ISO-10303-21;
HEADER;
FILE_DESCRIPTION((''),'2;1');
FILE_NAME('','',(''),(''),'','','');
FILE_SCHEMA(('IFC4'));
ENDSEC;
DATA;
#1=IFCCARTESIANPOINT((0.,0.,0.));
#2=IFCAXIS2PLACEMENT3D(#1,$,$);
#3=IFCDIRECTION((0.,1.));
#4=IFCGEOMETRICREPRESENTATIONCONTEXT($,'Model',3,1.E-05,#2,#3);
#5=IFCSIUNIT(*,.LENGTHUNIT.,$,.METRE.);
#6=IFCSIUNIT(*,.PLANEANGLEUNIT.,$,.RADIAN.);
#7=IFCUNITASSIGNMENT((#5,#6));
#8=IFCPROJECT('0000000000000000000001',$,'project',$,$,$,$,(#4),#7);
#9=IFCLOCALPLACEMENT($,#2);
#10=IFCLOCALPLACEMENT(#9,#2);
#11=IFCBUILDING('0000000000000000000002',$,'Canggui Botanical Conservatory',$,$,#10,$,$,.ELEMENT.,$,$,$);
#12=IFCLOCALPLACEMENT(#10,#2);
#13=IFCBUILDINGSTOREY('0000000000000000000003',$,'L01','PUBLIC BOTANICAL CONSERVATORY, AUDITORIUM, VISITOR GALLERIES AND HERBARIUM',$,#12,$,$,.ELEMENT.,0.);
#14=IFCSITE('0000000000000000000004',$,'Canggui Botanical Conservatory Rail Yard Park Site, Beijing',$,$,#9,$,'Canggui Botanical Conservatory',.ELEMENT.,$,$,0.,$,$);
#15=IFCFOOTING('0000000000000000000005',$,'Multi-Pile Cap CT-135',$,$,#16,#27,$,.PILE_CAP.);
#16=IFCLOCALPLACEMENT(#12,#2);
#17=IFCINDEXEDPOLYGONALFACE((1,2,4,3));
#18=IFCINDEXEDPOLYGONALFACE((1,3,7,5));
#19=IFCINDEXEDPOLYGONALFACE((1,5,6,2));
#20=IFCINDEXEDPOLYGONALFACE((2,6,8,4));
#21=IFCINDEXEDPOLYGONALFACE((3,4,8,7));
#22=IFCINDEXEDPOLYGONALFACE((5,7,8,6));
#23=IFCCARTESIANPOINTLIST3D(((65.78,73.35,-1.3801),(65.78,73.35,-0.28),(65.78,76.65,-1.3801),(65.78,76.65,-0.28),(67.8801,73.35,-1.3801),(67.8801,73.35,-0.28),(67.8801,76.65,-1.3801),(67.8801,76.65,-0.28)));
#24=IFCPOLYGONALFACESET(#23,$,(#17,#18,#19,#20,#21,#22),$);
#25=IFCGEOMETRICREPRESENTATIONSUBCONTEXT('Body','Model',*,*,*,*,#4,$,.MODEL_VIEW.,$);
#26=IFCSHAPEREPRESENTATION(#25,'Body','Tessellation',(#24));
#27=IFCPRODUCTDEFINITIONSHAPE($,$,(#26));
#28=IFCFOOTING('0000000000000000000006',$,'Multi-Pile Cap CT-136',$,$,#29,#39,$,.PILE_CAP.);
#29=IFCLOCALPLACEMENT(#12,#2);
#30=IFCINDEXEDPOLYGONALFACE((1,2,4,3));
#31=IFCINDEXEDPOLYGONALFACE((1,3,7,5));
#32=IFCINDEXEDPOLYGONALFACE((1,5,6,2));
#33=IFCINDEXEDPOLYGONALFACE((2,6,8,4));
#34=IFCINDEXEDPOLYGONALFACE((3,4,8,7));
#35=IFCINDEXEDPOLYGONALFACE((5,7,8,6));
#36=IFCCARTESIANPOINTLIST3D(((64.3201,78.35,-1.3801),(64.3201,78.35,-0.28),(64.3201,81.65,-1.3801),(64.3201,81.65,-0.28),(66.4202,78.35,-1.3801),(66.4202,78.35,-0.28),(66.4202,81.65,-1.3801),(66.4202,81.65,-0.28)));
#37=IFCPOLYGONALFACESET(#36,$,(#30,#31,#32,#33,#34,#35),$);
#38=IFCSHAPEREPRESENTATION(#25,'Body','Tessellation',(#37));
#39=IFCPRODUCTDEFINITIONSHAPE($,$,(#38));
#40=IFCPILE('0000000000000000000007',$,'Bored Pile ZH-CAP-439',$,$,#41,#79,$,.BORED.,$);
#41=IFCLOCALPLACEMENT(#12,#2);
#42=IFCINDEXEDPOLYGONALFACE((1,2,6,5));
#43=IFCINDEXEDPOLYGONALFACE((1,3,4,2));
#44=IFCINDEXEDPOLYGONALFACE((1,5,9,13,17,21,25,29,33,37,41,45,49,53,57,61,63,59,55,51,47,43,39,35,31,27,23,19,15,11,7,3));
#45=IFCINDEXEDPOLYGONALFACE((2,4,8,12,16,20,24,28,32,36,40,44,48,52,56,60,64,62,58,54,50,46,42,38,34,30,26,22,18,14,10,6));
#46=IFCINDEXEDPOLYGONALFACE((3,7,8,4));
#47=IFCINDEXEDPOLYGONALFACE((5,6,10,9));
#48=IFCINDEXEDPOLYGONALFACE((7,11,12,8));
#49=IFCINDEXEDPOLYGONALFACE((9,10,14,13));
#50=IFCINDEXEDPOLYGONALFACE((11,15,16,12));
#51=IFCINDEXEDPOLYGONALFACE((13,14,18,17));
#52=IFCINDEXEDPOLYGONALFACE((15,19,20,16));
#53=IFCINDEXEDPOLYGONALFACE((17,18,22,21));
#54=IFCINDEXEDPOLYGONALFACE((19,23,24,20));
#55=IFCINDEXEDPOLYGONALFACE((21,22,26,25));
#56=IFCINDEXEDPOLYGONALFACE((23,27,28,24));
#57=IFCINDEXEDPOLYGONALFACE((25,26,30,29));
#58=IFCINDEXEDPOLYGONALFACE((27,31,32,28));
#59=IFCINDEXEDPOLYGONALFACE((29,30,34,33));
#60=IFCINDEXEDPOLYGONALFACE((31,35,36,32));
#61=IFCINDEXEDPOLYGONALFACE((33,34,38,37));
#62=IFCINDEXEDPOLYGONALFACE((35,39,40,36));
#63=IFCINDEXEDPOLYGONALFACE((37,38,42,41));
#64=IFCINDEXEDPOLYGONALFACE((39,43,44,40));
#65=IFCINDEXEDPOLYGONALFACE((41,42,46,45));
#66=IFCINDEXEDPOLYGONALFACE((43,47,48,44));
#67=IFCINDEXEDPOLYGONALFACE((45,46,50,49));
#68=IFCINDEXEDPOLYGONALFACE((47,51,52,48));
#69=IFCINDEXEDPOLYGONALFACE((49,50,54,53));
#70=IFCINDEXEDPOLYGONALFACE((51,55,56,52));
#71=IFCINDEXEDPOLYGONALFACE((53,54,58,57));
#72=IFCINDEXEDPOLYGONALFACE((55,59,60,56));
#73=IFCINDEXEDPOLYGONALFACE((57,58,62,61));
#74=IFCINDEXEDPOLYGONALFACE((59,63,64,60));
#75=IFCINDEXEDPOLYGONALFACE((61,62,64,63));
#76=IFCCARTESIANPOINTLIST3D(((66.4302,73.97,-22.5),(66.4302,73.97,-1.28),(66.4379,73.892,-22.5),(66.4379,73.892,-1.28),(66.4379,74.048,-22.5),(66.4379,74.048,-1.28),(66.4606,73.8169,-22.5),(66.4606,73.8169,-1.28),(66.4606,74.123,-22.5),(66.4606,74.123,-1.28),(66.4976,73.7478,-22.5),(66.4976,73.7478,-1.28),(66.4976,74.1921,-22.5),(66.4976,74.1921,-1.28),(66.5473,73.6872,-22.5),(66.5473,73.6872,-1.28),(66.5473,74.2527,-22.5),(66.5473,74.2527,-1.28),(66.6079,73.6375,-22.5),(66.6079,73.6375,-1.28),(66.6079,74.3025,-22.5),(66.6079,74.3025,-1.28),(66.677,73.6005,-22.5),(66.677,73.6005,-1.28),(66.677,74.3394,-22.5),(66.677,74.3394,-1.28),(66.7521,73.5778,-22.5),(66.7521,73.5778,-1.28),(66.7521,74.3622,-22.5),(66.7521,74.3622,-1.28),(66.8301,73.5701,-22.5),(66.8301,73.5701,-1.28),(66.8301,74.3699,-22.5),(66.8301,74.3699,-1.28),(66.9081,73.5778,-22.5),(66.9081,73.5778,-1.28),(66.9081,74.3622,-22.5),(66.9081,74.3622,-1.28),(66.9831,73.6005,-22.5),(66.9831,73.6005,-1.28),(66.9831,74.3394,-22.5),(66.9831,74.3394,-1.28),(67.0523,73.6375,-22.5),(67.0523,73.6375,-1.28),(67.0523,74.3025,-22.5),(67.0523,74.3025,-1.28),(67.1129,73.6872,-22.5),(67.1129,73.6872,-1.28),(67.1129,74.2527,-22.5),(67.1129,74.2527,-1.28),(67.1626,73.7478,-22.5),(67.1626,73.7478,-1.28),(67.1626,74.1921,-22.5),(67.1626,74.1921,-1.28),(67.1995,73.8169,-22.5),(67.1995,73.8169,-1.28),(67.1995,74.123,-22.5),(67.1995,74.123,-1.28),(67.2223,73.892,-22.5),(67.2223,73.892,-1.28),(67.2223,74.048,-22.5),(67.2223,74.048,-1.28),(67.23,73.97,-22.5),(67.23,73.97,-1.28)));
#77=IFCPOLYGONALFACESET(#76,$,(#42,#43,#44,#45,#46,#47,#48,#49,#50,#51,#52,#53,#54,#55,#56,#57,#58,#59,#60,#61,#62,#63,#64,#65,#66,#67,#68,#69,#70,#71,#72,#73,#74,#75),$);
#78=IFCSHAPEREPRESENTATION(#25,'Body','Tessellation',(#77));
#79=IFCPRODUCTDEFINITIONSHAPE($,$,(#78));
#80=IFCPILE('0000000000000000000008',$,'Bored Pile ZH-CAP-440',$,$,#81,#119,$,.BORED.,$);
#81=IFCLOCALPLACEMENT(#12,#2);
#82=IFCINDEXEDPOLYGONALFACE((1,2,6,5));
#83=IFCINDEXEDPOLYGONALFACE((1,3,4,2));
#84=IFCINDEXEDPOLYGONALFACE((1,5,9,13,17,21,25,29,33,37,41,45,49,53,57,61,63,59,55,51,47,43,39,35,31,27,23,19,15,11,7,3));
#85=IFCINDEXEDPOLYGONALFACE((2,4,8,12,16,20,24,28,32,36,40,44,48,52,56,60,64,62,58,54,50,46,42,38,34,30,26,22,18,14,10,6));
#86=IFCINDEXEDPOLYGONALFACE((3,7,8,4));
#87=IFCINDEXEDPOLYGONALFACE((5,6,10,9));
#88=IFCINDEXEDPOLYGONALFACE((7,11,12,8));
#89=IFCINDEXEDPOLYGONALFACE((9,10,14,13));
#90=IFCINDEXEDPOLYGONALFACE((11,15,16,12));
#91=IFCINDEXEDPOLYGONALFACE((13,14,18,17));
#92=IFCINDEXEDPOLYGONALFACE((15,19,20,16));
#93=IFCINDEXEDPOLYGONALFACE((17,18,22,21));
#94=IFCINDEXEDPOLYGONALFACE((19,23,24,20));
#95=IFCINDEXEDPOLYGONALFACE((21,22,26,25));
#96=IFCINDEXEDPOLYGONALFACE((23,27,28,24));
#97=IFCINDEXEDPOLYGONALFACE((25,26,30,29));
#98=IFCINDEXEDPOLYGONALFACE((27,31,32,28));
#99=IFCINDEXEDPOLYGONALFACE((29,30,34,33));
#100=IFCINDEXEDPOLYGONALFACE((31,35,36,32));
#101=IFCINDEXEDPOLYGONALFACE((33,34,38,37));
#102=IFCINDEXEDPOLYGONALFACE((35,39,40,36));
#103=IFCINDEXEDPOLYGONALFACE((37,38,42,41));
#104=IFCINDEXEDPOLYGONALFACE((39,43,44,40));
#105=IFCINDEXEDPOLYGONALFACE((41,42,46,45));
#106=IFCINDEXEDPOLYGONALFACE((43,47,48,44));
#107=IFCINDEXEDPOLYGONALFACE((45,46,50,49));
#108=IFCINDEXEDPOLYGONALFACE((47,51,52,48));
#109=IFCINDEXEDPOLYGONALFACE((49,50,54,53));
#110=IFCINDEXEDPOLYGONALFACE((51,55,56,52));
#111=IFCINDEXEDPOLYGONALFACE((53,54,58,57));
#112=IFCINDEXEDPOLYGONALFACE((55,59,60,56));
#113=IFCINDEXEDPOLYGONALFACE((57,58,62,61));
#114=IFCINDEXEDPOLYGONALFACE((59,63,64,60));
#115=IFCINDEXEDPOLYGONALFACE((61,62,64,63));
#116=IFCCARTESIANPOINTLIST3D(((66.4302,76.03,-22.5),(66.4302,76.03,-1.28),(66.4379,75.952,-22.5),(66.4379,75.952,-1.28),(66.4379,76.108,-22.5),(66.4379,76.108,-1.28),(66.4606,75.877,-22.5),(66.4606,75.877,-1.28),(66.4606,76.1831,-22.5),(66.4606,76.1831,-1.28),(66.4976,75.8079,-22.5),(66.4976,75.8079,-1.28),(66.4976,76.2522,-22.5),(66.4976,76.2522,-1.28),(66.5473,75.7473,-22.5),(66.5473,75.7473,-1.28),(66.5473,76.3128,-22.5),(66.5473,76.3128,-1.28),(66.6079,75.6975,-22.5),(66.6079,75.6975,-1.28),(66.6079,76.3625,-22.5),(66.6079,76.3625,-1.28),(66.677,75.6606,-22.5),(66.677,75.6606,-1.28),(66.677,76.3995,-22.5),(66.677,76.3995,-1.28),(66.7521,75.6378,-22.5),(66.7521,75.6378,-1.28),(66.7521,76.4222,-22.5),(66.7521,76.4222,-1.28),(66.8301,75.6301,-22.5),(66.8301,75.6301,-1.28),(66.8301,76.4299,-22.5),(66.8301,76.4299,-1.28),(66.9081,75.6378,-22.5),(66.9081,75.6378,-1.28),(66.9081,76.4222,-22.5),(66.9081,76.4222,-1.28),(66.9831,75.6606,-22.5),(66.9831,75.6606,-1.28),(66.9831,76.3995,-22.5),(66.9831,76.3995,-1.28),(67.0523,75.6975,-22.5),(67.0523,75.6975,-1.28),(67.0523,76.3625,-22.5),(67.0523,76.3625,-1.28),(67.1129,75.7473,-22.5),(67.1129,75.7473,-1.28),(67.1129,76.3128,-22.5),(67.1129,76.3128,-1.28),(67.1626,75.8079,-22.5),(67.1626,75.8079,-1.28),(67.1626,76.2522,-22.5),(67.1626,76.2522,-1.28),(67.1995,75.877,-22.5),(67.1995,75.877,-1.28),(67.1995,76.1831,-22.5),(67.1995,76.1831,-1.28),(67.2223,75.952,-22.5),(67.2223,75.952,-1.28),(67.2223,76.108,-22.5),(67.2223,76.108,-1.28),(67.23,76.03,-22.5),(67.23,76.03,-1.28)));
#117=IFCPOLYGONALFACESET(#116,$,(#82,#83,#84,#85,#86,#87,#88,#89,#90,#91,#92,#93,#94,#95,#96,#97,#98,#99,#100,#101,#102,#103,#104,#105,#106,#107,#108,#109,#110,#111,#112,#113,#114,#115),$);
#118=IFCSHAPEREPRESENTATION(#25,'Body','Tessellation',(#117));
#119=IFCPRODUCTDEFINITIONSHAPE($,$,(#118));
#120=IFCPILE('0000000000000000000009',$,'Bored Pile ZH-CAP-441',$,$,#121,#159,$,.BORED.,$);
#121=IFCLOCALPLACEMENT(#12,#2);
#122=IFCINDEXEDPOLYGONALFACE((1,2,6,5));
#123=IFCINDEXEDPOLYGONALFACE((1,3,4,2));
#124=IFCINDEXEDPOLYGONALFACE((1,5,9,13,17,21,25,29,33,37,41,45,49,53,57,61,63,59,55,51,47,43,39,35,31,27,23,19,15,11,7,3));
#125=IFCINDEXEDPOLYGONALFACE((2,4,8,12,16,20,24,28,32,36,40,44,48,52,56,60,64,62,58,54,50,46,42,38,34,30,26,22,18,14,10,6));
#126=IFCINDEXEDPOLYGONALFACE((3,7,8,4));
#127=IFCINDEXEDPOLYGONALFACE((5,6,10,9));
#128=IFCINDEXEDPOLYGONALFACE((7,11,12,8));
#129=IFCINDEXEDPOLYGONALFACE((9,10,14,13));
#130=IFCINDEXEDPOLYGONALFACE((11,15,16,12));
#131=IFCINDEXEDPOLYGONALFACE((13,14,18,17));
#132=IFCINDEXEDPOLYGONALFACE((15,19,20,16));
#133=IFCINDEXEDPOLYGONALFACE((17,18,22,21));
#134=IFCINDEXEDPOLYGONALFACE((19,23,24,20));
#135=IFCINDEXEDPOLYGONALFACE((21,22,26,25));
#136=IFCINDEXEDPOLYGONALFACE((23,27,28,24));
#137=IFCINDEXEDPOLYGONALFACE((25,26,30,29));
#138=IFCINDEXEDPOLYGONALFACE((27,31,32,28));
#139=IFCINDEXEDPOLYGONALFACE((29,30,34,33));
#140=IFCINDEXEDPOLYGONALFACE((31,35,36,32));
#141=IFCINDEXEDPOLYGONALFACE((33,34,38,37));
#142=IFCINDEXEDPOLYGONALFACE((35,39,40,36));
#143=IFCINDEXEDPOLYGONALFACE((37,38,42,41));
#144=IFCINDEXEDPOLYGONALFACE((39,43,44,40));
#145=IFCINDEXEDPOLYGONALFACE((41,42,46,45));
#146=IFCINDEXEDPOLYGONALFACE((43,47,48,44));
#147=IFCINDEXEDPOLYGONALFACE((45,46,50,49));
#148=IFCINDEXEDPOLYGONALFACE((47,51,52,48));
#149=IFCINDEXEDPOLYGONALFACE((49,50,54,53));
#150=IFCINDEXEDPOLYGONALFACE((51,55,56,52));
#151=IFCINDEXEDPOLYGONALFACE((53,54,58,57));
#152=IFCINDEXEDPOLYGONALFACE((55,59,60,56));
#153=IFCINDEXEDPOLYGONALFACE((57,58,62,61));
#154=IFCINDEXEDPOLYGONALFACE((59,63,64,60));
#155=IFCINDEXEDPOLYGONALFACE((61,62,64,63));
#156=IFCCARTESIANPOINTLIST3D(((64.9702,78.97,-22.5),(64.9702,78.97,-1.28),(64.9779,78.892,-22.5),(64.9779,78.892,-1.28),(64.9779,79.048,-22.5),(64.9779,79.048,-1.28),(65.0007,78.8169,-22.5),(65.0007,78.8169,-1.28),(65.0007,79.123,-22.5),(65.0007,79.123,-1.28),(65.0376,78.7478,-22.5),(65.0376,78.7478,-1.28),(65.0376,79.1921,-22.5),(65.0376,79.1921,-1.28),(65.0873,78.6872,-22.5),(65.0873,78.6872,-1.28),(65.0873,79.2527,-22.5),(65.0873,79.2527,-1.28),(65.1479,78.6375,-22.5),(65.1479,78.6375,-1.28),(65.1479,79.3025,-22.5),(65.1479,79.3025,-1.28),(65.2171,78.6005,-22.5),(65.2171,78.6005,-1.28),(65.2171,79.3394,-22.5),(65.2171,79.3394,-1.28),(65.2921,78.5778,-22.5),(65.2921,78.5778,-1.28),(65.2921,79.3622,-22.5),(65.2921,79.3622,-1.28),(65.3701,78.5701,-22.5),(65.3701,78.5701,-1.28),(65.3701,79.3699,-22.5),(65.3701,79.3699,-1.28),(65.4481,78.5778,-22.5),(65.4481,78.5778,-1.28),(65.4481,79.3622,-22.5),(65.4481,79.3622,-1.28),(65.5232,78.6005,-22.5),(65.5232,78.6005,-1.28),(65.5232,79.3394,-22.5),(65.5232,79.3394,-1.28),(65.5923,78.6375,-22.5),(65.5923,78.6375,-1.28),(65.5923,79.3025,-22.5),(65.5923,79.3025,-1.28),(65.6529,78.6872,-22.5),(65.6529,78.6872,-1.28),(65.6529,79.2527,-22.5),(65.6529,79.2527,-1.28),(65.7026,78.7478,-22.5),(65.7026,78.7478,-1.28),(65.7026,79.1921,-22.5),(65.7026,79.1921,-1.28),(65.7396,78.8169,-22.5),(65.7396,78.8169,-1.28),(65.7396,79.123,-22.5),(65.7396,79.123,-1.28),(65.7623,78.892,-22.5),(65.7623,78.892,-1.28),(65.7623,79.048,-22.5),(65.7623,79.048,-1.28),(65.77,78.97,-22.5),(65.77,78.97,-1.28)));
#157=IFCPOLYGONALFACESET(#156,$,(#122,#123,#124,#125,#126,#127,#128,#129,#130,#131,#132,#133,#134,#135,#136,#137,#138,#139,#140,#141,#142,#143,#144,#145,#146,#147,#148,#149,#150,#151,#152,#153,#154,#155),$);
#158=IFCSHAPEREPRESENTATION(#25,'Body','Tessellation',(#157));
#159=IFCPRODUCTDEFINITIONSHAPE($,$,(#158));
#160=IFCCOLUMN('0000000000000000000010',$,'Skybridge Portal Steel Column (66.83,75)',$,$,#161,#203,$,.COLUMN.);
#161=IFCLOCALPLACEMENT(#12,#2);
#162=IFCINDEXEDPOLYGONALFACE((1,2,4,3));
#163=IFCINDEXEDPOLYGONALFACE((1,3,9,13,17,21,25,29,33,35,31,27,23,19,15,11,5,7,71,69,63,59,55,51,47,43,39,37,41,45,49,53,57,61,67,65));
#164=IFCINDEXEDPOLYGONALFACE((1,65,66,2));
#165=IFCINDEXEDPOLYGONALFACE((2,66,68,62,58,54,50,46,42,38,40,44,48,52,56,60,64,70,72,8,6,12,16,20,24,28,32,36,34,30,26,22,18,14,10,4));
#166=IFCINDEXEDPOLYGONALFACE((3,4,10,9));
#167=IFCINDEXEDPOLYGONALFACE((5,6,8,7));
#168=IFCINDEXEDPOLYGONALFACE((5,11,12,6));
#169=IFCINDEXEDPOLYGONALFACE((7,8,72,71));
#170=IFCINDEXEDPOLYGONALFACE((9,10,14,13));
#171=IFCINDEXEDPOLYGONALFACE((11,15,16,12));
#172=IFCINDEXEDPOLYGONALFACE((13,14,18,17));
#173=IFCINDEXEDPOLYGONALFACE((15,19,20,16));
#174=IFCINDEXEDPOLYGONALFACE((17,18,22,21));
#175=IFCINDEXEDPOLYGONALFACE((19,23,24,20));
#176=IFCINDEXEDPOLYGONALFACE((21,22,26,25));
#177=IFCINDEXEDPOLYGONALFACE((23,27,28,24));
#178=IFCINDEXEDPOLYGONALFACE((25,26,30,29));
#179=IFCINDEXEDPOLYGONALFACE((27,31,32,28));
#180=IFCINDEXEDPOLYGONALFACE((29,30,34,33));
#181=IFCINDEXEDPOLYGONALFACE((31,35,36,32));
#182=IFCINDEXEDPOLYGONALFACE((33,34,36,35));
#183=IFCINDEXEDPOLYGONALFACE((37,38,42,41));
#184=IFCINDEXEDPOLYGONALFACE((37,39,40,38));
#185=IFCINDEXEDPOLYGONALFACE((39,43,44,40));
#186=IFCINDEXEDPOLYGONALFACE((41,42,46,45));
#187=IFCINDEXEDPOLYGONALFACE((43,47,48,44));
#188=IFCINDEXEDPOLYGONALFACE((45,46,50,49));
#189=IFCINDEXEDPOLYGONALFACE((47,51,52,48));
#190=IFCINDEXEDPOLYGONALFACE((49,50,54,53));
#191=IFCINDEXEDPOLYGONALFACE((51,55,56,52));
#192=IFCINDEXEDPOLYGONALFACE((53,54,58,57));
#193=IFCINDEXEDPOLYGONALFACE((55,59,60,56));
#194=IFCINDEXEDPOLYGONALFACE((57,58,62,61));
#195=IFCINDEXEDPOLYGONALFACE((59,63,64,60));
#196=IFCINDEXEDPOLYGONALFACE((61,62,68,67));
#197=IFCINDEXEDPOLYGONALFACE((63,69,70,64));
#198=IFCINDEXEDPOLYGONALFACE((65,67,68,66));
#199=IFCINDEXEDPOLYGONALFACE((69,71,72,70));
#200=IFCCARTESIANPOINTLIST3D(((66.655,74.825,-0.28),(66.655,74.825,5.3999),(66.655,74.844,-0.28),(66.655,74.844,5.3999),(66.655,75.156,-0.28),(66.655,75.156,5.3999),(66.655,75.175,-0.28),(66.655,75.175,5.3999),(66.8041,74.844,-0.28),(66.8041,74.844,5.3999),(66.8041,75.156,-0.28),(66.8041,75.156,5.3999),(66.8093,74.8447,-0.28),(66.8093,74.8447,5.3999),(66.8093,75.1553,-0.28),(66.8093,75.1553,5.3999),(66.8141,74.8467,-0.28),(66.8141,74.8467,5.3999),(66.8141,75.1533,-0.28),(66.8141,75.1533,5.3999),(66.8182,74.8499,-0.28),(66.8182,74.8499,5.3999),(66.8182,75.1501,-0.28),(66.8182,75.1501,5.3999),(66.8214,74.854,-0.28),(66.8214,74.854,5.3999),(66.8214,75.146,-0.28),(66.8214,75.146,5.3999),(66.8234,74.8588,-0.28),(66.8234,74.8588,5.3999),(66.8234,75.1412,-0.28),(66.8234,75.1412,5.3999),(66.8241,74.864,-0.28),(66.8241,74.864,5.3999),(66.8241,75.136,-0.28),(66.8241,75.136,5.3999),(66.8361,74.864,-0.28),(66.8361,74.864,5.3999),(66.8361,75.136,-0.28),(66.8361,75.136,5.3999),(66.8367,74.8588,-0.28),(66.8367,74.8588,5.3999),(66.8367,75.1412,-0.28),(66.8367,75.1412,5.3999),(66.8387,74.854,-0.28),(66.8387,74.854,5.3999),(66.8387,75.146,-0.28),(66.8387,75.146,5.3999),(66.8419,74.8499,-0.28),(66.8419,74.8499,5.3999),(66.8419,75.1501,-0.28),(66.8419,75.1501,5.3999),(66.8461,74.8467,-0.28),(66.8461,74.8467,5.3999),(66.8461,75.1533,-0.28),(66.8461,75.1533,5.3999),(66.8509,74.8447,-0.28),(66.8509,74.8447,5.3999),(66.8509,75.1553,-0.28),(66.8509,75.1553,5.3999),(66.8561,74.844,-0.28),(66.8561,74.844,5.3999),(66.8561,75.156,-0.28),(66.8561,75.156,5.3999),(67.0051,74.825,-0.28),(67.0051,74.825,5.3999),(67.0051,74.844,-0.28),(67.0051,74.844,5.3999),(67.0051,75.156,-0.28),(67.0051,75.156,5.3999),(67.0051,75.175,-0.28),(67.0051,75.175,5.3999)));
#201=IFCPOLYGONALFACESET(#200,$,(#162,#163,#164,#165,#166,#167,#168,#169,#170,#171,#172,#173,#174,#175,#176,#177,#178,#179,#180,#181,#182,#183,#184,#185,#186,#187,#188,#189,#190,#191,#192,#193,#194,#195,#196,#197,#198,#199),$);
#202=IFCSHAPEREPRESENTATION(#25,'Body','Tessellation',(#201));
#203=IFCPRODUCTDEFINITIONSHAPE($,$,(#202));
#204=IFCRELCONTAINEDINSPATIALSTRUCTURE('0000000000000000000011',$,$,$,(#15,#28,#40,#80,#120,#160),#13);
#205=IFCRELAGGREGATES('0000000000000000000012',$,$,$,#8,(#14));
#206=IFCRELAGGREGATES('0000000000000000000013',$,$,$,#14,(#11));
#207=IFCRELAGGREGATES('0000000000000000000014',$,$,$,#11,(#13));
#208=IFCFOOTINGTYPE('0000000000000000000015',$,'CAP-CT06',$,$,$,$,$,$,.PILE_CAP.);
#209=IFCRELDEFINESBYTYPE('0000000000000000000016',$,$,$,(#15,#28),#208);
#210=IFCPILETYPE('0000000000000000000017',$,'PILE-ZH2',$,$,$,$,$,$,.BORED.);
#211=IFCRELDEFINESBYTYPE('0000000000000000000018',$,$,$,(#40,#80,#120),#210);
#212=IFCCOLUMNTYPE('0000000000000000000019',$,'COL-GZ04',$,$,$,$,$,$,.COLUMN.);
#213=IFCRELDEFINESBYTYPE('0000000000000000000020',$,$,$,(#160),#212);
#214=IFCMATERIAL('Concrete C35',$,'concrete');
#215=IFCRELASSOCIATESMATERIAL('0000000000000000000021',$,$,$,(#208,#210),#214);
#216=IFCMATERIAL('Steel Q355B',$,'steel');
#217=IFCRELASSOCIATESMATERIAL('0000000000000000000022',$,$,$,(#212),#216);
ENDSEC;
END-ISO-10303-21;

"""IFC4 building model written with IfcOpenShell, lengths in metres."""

from ifc_helpers import new_model, si_unit, direction, frame, origin, origin_2d, place, context, subcontext, project, spatial, rectangle, circle, i_section, extrude, material, material_profile, profile_set, type_object, element, save


model = new_model("IFC4")

# Units and contexts
model_context = context("Model", 3, precision=1e-05, world=origin(), true_north=direction((0.0, 1.0)))
body_context = subcontext(model_context, "Body", "Model", "MODEL_VIEW")
ifc_project = project(units=[si_unit("LENGTHUNIT", "METRE"), si_unit("PLANEANGLEUNIT", "RADIAN")], contexts=[model_context])

# Site, building, storey
site_placement = place(None, origin())
site = spatial("IfcSite", under=ifc_project, at=site_placement, Name="Canggui Botanical Conservatory Rail Yard Park Site, Beijing", LongName="Canggui Botanical Conservatory", CompositionType="ELEMENT", RefElevation=0.0)
building_placement = place(site_placement, origin())
building = spatial("IfcBuilding", under=site, at=building_placement, Name="Canggui Botanical Conservatory", CompositionType="ELEMENT")
storey_placement = place(building_placement, origin())
storey = spatial("IfcBuildingStorey", under=building, at=storey_placement, Name="L01", Description="PUBLIC BOTANICAL CONSERVATORY, AUDITORIUM, VISITOR GALLERIES AND HERBARIUM", CompositionType="ELEMENT", Elevation=0.0)

# Footings
ifc_material_1 = material(Name="Concrete C35", Category="concrete")
footing_type = type_object("IfcFootingType", Name="CAP-CT06", PredefinedType="PILE_CAP", material=ifc_material_1)
for number, where, z_axis, x_axis, name in (
    (1, (66.8301, 75.0, -1.3801), (0.0, 0.0, 1.0), (0.0, 1.0, 0.0), "Multi-Pile Cap CT-135"),
    (2, (65.3701, 80.0, -1.3801), (0.0, 0.0, 1.0), (0.0, 1.0, 0.0), "Multi-Pile Cap CT-136"),
):
    element("IfcFooting", number, at=place(storey_placement, frame(where, z_axis=z_axis, x_axis=x_axis)), inside=storey, type_object=footing_type, Name=name, PredefinedType="PILE_CAP", context=body_context, shape_type="SweptSolid", body=[
        extrude(rectangle(XDim=3.3, YDim=2.1001, at=origin_2d()), origin(), (0.0, 0.0, 1.0), 1.1001),
    ])

# Piles
ifc_material_profile_1 = material_profile(ifc_material_1, circle(Radius=0.3999, at=origin_2d()), Name="PILE D800")
ifc_profile_set_1 = profile_set([ifc_material_profile_1], Name="Concrete C35")
pile_type = type_object("IfcPileType", Name="PILE-ZH2", PredefinedType="BORED", material=ifc_profile_set_1)
for number, where, z_axis, x_axis, name in (
    (3, (66.8301, 73.97, -1.28), (0.0, 0.0, -1.0), (1.0, 0.0, 0.0), "Bored Pile ZH-CAP-439"),
    (4, (66.8301, 76.03, -1.28), (0.0, 0.0, -1.0), (1.0, 0.0, 0.0), "Bored Pile ZH-CAP-440"),
    (5, (65.3701, 78.97, -1.28), (0.0, 0.0, -1.0), (1.0, 0.0, 0.0), "Bored Pile ZH-CAP-441"),
):
    element("IfcPile", number, at=place(storey_placement, frame(where, z_axis=z_axis, x_axis=x_axis)), inside=storey, type_object=pile_type, Name=name, PredefinedType="BORED", context=body_context, shape_type="SweptSolid", body=[
        extrude(circle(Radius=0.3999, at=origin_2d()), origin(), (0.0, 0.0, 1.0), 21.22),
    ])

# Column
ifc_material_2 = material(Name="Steel Q355B", Category="steel")
ifc_material_profile_2 = material_profile(ifc_material_2, i_section(OverallWidth=0.3501, OverallDepth=0.3501, WebThickness=0.012, FlangeThickness=0.019, FilletRadius=0.02, at=origin_2d()), Name="HW 350x350x12x19")
ifc_profile_set_2 = profile_set([ifc_material_profile_2], Name="Steel Q355B")
column_type = type_object("IfcColumnType", Name="COL-GZ04", PredefinedType="COLUMN", material=ifc_profile_set_2)
for number, where, z_axis, x_axis, name in (
    (6, (66.8301, 75.0, -0.28), (0.0, 0.0, 1.0), (1.0, 0.0, 0.0), "Skybridge Portal Steel Column (66.83,75)"),
):
    element("IfcColumn", number, at=place(storey_placement, frame(where, z_axis=z_axis, x_axis=x_axis)), inside=storey, type_object=column_type, Name=name, PredefinedType="COLUMN", context=body_context, shape_type="SweptSolid", body=[
        extrude(i_section(OverallWidth=0.3501, OverallDepth=0.3501, WebThickness=0.012, FlangeThickness=0.019, FilletRadius=0.02, at=origin_2d()), origin(), (0.0, 0.0, 1.0), 5.6799),
    ])

save(model, "model.ifc")
